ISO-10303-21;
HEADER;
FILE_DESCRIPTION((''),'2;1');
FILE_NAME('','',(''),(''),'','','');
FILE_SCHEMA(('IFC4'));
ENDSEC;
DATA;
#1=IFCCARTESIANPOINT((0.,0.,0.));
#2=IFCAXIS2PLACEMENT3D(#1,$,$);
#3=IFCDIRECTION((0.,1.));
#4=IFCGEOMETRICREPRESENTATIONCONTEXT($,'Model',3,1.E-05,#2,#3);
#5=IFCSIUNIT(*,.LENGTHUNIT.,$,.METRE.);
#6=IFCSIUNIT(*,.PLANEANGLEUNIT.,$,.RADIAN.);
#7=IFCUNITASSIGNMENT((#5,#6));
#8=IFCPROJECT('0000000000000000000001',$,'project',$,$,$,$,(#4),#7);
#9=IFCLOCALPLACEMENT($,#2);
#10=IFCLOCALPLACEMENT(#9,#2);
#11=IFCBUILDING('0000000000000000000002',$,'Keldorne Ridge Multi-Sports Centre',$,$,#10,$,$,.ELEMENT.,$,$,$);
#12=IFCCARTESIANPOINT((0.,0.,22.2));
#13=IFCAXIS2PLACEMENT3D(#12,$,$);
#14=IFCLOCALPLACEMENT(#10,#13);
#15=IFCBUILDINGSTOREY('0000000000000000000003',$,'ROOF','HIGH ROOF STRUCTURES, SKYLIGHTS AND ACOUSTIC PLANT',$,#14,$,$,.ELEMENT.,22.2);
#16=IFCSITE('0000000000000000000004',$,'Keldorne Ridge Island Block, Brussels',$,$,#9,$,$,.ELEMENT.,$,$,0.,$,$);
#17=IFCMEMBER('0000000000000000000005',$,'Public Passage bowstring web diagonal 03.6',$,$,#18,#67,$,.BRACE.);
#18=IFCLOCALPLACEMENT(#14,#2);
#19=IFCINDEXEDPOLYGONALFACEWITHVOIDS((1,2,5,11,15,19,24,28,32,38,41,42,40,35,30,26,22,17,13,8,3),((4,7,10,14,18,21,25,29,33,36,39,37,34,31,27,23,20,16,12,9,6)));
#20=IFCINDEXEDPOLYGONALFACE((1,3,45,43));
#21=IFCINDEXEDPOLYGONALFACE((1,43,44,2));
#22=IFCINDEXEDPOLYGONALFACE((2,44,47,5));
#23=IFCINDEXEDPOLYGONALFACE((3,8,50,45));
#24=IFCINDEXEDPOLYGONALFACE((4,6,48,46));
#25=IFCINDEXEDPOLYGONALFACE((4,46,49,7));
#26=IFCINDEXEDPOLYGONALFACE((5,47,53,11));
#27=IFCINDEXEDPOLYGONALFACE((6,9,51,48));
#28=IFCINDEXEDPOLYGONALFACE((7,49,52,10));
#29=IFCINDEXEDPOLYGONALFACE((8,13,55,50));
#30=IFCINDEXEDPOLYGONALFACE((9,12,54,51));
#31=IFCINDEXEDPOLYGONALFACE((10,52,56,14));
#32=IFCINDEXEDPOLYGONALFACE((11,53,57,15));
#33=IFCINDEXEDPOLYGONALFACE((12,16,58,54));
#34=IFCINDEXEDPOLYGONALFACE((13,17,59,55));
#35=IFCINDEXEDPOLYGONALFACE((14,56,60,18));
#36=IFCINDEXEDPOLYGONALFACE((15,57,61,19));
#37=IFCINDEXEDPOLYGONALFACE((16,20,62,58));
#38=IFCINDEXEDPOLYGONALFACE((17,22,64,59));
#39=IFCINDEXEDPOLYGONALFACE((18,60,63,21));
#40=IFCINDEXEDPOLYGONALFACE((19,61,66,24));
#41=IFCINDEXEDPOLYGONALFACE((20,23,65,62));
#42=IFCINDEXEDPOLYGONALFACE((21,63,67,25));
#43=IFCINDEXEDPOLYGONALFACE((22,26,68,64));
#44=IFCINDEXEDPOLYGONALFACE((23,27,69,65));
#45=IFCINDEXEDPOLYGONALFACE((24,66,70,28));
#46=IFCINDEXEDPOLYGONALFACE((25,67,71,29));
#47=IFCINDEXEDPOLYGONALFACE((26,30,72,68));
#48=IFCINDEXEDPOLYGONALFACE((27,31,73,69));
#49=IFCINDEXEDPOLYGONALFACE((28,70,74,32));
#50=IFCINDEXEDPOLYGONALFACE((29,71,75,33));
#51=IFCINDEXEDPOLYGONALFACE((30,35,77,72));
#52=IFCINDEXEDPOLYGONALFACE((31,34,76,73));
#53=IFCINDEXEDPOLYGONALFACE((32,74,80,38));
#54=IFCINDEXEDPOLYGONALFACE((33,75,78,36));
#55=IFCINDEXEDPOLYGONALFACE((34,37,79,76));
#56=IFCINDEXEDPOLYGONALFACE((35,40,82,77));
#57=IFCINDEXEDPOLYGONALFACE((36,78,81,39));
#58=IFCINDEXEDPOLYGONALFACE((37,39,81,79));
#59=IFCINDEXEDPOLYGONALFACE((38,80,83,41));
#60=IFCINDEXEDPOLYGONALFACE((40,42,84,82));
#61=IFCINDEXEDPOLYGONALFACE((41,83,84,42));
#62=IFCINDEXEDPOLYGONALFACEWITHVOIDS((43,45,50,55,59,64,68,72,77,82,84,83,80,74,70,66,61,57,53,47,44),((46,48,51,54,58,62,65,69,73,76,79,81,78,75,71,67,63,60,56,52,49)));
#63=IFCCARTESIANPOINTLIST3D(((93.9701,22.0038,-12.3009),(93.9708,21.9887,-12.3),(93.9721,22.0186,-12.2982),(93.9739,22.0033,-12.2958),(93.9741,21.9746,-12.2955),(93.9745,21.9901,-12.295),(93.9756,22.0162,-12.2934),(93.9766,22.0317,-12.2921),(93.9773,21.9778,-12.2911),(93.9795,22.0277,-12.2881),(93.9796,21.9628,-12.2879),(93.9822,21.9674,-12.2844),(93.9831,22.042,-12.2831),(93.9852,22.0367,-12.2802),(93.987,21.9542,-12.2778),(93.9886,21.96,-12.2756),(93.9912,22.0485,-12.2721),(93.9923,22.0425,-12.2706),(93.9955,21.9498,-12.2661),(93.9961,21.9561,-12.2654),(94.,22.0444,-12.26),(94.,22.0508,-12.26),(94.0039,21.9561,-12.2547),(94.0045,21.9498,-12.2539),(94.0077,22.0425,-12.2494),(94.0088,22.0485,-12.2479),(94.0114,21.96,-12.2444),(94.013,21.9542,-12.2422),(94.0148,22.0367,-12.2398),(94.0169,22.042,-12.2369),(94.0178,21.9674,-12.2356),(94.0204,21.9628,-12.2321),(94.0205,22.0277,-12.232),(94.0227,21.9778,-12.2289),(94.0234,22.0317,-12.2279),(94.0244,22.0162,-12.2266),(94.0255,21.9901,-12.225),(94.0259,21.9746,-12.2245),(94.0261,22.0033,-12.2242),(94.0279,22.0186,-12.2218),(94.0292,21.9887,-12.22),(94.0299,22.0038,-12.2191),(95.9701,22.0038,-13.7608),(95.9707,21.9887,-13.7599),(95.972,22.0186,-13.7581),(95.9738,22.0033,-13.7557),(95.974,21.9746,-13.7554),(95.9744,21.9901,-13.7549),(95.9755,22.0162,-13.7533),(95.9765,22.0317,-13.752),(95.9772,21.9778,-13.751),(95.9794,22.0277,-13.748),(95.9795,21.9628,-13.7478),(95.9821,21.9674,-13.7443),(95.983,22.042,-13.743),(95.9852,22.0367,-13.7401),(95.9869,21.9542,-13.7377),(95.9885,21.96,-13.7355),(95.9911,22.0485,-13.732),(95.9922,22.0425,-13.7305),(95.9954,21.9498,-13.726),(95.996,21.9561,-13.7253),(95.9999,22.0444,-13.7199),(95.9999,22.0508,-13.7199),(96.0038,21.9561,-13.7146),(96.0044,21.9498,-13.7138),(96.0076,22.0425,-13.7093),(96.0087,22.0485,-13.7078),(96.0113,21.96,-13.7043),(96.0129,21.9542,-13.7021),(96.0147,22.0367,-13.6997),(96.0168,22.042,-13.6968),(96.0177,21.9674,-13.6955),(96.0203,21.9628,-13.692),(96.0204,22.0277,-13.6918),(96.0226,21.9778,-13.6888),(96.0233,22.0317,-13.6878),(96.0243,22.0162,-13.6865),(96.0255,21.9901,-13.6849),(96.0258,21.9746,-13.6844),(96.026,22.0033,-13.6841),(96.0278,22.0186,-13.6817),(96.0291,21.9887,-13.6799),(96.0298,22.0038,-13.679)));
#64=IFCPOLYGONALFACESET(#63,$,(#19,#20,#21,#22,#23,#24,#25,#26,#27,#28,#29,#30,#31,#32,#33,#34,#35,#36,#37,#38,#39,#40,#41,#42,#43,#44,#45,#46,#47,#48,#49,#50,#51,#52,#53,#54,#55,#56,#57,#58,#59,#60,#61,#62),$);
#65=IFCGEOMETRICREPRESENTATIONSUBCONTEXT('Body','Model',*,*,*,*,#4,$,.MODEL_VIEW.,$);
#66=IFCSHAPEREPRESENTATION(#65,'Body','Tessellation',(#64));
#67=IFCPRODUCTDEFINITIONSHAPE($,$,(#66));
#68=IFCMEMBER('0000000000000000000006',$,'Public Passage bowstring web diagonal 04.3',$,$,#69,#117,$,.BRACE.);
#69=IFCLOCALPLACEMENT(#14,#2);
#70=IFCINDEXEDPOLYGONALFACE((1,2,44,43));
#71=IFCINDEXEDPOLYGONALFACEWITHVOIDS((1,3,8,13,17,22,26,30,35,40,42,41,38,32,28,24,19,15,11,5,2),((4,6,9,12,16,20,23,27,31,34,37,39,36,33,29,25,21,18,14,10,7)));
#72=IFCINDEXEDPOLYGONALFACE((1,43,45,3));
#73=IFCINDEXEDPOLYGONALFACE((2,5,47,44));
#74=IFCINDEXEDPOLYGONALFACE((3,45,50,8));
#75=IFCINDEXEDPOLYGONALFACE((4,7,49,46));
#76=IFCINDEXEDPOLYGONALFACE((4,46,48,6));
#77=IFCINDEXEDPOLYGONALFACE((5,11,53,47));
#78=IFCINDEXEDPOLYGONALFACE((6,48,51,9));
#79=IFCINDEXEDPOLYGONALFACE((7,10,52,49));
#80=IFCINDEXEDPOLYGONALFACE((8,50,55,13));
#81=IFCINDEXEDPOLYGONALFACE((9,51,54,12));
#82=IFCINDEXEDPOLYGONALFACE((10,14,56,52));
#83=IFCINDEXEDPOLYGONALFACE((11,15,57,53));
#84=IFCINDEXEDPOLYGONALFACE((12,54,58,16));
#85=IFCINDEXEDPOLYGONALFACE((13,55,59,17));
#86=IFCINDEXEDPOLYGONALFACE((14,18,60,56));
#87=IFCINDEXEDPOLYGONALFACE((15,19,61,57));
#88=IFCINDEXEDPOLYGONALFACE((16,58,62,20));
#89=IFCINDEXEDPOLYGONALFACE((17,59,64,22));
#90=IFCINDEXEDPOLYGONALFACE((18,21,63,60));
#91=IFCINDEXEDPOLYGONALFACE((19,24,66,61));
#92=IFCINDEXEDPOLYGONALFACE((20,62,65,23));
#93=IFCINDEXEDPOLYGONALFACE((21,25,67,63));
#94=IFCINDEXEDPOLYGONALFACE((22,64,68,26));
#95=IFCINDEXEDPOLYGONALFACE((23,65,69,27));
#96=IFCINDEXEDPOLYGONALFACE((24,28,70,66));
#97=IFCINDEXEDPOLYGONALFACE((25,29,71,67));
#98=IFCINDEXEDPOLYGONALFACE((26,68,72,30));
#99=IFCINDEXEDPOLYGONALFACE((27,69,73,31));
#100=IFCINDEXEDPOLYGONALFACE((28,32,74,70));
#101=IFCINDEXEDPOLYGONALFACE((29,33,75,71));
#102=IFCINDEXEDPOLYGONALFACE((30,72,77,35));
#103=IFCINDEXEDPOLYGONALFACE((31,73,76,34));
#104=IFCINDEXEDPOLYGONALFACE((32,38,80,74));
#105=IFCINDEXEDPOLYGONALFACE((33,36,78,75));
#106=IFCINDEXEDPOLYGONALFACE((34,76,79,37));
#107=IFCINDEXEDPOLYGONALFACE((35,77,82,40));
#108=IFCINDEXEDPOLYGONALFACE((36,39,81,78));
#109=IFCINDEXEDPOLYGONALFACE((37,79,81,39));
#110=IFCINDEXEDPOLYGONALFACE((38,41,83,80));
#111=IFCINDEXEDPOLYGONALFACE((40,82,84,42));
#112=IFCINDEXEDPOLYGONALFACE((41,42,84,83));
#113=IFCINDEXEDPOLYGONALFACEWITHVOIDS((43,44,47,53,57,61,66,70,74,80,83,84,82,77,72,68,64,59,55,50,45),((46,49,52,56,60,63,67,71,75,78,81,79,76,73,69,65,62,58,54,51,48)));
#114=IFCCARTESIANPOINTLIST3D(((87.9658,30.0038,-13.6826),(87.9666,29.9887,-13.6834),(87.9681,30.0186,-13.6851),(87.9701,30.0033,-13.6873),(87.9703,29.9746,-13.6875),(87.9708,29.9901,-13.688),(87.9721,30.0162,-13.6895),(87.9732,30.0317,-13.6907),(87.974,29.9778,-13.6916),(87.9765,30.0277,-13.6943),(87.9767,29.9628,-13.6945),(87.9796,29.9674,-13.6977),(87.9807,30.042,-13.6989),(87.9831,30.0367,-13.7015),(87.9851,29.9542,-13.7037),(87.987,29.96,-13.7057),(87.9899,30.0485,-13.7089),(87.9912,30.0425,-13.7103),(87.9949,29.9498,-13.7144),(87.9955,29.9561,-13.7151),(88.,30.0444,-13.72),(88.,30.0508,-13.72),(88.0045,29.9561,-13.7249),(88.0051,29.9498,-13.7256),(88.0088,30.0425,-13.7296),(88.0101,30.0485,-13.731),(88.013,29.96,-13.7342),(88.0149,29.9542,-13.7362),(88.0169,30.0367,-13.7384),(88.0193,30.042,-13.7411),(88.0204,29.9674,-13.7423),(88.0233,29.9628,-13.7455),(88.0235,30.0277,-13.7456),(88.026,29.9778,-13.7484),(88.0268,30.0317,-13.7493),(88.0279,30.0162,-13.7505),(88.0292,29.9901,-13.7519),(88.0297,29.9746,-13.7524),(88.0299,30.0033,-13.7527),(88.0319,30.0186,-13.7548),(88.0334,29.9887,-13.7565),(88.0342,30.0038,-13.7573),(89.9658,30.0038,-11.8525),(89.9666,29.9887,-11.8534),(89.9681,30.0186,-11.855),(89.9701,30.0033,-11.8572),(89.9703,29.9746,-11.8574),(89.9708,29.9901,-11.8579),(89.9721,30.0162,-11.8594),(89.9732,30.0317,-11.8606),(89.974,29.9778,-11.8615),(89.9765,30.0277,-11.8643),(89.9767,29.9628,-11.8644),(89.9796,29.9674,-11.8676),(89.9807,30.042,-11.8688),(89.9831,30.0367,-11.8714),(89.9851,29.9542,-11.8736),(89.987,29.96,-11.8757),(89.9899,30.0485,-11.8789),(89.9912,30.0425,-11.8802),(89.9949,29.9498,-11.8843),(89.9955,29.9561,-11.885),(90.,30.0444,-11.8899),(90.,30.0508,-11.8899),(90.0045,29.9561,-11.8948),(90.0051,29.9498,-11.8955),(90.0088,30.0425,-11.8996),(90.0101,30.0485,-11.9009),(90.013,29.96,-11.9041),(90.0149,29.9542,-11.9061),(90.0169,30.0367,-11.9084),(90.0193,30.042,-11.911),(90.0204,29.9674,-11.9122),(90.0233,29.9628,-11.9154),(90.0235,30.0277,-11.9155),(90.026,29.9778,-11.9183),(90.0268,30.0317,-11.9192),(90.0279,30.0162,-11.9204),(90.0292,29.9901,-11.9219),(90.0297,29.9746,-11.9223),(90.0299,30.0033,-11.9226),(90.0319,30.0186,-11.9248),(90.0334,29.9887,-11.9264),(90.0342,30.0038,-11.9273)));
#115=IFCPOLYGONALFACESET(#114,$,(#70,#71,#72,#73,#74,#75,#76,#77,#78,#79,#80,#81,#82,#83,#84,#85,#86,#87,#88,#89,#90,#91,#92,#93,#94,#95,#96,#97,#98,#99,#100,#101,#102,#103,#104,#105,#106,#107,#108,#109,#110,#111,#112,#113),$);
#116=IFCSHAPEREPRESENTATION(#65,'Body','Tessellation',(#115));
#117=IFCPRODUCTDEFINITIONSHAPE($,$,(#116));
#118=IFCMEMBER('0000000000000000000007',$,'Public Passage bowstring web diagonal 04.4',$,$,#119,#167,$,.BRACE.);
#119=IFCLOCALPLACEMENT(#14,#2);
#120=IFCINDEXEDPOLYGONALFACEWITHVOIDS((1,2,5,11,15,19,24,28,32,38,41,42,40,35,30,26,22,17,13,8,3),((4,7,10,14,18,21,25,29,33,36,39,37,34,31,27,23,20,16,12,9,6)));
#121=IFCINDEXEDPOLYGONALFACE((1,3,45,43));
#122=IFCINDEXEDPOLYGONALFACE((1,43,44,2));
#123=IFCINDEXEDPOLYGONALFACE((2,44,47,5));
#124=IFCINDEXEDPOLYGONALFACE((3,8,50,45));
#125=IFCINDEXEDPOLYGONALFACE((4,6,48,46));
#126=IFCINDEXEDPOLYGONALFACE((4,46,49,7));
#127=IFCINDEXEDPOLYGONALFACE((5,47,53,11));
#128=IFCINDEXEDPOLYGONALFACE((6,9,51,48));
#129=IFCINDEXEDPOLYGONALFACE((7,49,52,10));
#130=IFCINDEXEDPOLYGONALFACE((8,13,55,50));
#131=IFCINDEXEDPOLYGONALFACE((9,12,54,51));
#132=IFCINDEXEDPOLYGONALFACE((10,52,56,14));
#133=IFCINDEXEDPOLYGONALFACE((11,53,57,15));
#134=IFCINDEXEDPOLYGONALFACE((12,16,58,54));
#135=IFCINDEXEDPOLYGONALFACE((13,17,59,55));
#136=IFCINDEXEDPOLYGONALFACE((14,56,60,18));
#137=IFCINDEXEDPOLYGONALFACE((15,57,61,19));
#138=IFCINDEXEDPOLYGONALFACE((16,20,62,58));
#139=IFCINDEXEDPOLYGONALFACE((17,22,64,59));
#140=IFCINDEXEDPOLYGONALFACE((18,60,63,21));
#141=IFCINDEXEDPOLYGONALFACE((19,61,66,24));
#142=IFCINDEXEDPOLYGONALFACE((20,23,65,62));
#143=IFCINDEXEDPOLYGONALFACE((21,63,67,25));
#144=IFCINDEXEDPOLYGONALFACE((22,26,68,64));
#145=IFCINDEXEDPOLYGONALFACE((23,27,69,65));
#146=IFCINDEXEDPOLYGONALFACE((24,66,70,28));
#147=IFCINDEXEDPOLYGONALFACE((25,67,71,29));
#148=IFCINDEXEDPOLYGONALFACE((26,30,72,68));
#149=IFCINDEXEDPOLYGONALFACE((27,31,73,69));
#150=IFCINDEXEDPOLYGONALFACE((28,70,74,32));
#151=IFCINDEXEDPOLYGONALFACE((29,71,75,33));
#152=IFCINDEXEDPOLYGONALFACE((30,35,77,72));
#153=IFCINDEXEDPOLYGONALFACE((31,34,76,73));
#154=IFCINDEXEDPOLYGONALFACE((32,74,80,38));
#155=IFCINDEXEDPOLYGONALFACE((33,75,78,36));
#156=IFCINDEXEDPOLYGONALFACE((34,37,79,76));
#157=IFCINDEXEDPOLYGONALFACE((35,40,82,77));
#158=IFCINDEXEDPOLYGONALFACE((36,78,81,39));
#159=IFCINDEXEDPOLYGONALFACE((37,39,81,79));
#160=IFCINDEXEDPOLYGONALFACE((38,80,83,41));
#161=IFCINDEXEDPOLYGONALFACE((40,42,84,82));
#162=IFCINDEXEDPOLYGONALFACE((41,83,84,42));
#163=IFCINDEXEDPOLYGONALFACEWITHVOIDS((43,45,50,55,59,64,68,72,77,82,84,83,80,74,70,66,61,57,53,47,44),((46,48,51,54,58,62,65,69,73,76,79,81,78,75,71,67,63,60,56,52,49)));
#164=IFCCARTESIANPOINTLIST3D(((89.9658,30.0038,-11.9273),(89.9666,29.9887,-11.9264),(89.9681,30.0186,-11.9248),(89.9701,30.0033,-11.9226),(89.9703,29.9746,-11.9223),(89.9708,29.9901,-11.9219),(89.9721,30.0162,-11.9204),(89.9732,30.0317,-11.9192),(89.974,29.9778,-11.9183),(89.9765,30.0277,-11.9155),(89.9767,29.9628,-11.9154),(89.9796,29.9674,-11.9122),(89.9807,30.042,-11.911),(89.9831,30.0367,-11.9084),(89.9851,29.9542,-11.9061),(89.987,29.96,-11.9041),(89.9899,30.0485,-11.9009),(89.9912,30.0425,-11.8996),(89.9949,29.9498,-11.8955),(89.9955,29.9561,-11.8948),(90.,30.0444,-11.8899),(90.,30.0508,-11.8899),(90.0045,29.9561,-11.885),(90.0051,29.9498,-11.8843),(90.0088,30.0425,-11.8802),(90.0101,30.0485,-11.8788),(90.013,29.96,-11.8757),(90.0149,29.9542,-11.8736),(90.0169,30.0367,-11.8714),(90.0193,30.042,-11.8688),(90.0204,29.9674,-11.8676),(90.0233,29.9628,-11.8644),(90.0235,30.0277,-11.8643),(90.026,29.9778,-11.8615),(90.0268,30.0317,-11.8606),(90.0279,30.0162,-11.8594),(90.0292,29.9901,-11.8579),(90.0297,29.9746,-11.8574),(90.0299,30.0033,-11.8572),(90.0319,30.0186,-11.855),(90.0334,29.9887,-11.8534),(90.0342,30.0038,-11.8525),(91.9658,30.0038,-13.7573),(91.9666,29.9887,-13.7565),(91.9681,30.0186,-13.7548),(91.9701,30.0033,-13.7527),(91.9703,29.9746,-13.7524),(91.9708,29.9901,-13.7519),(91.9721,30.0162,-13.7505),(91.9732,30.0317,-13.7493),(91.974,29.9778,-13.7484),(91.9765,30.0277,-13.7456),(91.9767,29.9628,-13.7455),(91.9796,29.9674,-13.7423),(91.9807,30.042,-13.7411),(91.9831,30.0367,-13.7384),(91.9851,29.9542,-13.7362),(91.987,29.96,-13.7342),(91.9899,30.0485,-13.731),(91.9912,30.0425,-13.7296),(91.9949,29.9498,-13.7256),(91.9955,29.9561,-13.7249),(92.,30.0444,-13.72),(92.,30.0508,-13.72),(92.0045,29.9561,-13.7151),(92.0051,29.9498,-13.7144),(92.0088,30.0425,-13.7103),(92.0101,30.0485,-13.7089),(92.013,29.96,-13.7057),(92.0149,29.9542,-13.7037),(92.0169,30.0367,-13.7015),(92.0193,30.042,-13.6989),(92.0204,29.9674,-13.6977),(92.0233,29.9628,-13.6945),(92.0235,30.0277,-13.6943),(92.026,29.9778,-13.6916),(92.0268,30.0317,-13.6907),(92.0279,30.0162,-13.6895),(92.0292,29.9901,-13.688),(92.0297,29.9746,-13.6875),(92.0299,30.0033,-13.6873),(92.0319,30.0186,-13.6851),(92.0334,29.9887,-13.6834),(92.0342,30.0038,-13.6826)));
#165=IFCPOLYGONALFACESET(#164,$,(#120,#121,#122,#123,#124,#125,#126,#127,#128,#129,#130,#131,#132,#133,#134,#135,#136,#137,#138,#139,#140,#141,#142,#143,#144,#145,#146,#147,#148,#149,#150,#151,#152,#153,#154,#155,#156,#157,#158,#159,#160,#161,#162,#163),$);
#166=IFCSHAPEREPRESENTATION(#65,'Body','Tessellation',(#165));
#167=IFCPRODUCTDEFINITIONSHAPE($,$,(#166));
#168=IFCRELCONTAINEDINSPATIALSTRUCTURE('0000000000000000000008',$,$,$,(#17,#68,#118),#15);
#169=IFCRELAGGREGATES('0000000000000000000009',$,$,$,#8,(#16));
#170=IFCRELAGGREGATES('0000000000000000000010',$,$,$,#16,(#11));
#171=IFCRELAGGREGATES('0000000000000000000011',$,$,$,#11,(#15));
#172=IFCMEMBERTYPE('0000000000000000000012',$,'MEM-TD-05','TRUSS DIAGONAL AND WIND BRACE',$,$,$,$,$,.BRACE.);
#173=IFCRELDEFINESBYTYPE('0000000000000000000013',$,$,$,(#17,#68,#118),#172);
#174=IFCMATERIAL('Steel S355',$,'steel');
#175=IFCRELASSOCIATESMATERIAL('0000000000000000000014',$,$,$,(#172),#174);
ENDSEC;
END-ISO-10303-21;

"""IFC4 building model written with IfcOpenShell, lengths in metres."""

from ifc_helpers import new_model, si_unit, direction, frame, origin, origin_2d, place, context, subcontext, project, spatial, hollow_circle, extrude, material, material_profile, profile_set, type_object, element, save


model = new_model("IFC4")

# Units and contexts
model_context = context("Model", 3, precision=1e-05, world=origin(), true_north=direction((0.0, 1.0)))
body_context = subcontext(model_context, "Body", "Model", "MODEL_VIEW")
ifc_project = project(units=[si_unit("LENGTHUNIT", "METRE"), si_unit("PLANEANGLEUNIT", "RADIAN")], contexts=[model_context])

# Site, building, storey
site_placement = place(None, origin())
site = spatial("IfcSite", under=ifc_project, at=site_placement, Name="Keldorne Ridge Island Block, Brussels", CompositionType="ELEMENT", RefElevation=0.0)
building_placement = place(site_placement, origin())
building = spatial("IfcBuilding", under=site, at=building_placement, Name="Keldorne Ridge Multi-Sports Centre", CompositionType="ELEMENT")
storey_placement = place(building_placement, frame((0.0, 0.0, 22.2)))
storey = spatial("IfcBuildingStorey", under=building, at=storey_placement, Name="ROOF", Description="HIGH ROOF STRUCTURES, SKYLIGHTS AND ACOUSTIC PLANT", CompositionType="ELEMENT", Elevation=22.2)

# Members
ifc_material = material(Name="Steel S355", Category="steel")
ifc_material_profile_1 = material_profile(ifc_material, hollow_circle(Radius=0.0508, WallThickness=0.0063, at=origin_2d()), Name="CHS 101.6x6.3")
ifc_profile_set_1 = profile_set([ifc_material_profile_1], Name="Steel S355")
member_type_1 = type_object("IfcMemberType", Name="MEM-TD-05", Description="TRUSS DIAGONAL AND WIND BRACE", PredefinedType="BRACE", material=ifc_profile_set_1)
for number, where, z_axis, x_axis, name in (
    (1, (94.0, 22.0, -12.26), (0.807695, 0.0, -0.589601), (0.0, 1.0, 0.0), "Public Passage bowstring web diagonal 03.6"),
):
    element("IfcMember", number, at=place(storey_placement, frame(where, z_axis=z_axis, x_axis=x_axis)), inside=storey, type_object=member_type_1, Name=name, PredefinedType="BRACE", context=body_context, shape_type="SweptSolid", body=[
        extrude(hollow_circle(Radius=0.0508, WallThickness=0.0063, at=origin_2d()), origin(), (0.0, 0.0, 1.0), 2.4761),
    ])
for number, where, z_axis, x_axis, name in (
    (2, (88.0, 30.0, -13.72), (0.737752, 0.0, 0.675072), (0.0, 1.0, 0.0), "Public Passage bowstring web diagonal 04.3"),
    (3, (90.0, 30.0, -11.8899), (0.737752, 0.0, -0.675072), (0.0, 1.0, 0.0), "Public Passage bowstring web diagonal 04.4"),
):
    element("IfcMember", number, at=place(storey_placement, frame(where, z_axis=z_axis, x_axis=x_axis)), inside=storey, type_object=member_type_1, Name=name, PredefinedType="BRACE", context=body_context, shape_type="SweptSolid", body=[
        extrude(hollow_circle(Radius=0.0508, WallThickness=0.0063, at=origin_2d()), origin(), (0.0, 0.0, 1.0), 2.7109),
    ])

save(model, "model.ifc")
